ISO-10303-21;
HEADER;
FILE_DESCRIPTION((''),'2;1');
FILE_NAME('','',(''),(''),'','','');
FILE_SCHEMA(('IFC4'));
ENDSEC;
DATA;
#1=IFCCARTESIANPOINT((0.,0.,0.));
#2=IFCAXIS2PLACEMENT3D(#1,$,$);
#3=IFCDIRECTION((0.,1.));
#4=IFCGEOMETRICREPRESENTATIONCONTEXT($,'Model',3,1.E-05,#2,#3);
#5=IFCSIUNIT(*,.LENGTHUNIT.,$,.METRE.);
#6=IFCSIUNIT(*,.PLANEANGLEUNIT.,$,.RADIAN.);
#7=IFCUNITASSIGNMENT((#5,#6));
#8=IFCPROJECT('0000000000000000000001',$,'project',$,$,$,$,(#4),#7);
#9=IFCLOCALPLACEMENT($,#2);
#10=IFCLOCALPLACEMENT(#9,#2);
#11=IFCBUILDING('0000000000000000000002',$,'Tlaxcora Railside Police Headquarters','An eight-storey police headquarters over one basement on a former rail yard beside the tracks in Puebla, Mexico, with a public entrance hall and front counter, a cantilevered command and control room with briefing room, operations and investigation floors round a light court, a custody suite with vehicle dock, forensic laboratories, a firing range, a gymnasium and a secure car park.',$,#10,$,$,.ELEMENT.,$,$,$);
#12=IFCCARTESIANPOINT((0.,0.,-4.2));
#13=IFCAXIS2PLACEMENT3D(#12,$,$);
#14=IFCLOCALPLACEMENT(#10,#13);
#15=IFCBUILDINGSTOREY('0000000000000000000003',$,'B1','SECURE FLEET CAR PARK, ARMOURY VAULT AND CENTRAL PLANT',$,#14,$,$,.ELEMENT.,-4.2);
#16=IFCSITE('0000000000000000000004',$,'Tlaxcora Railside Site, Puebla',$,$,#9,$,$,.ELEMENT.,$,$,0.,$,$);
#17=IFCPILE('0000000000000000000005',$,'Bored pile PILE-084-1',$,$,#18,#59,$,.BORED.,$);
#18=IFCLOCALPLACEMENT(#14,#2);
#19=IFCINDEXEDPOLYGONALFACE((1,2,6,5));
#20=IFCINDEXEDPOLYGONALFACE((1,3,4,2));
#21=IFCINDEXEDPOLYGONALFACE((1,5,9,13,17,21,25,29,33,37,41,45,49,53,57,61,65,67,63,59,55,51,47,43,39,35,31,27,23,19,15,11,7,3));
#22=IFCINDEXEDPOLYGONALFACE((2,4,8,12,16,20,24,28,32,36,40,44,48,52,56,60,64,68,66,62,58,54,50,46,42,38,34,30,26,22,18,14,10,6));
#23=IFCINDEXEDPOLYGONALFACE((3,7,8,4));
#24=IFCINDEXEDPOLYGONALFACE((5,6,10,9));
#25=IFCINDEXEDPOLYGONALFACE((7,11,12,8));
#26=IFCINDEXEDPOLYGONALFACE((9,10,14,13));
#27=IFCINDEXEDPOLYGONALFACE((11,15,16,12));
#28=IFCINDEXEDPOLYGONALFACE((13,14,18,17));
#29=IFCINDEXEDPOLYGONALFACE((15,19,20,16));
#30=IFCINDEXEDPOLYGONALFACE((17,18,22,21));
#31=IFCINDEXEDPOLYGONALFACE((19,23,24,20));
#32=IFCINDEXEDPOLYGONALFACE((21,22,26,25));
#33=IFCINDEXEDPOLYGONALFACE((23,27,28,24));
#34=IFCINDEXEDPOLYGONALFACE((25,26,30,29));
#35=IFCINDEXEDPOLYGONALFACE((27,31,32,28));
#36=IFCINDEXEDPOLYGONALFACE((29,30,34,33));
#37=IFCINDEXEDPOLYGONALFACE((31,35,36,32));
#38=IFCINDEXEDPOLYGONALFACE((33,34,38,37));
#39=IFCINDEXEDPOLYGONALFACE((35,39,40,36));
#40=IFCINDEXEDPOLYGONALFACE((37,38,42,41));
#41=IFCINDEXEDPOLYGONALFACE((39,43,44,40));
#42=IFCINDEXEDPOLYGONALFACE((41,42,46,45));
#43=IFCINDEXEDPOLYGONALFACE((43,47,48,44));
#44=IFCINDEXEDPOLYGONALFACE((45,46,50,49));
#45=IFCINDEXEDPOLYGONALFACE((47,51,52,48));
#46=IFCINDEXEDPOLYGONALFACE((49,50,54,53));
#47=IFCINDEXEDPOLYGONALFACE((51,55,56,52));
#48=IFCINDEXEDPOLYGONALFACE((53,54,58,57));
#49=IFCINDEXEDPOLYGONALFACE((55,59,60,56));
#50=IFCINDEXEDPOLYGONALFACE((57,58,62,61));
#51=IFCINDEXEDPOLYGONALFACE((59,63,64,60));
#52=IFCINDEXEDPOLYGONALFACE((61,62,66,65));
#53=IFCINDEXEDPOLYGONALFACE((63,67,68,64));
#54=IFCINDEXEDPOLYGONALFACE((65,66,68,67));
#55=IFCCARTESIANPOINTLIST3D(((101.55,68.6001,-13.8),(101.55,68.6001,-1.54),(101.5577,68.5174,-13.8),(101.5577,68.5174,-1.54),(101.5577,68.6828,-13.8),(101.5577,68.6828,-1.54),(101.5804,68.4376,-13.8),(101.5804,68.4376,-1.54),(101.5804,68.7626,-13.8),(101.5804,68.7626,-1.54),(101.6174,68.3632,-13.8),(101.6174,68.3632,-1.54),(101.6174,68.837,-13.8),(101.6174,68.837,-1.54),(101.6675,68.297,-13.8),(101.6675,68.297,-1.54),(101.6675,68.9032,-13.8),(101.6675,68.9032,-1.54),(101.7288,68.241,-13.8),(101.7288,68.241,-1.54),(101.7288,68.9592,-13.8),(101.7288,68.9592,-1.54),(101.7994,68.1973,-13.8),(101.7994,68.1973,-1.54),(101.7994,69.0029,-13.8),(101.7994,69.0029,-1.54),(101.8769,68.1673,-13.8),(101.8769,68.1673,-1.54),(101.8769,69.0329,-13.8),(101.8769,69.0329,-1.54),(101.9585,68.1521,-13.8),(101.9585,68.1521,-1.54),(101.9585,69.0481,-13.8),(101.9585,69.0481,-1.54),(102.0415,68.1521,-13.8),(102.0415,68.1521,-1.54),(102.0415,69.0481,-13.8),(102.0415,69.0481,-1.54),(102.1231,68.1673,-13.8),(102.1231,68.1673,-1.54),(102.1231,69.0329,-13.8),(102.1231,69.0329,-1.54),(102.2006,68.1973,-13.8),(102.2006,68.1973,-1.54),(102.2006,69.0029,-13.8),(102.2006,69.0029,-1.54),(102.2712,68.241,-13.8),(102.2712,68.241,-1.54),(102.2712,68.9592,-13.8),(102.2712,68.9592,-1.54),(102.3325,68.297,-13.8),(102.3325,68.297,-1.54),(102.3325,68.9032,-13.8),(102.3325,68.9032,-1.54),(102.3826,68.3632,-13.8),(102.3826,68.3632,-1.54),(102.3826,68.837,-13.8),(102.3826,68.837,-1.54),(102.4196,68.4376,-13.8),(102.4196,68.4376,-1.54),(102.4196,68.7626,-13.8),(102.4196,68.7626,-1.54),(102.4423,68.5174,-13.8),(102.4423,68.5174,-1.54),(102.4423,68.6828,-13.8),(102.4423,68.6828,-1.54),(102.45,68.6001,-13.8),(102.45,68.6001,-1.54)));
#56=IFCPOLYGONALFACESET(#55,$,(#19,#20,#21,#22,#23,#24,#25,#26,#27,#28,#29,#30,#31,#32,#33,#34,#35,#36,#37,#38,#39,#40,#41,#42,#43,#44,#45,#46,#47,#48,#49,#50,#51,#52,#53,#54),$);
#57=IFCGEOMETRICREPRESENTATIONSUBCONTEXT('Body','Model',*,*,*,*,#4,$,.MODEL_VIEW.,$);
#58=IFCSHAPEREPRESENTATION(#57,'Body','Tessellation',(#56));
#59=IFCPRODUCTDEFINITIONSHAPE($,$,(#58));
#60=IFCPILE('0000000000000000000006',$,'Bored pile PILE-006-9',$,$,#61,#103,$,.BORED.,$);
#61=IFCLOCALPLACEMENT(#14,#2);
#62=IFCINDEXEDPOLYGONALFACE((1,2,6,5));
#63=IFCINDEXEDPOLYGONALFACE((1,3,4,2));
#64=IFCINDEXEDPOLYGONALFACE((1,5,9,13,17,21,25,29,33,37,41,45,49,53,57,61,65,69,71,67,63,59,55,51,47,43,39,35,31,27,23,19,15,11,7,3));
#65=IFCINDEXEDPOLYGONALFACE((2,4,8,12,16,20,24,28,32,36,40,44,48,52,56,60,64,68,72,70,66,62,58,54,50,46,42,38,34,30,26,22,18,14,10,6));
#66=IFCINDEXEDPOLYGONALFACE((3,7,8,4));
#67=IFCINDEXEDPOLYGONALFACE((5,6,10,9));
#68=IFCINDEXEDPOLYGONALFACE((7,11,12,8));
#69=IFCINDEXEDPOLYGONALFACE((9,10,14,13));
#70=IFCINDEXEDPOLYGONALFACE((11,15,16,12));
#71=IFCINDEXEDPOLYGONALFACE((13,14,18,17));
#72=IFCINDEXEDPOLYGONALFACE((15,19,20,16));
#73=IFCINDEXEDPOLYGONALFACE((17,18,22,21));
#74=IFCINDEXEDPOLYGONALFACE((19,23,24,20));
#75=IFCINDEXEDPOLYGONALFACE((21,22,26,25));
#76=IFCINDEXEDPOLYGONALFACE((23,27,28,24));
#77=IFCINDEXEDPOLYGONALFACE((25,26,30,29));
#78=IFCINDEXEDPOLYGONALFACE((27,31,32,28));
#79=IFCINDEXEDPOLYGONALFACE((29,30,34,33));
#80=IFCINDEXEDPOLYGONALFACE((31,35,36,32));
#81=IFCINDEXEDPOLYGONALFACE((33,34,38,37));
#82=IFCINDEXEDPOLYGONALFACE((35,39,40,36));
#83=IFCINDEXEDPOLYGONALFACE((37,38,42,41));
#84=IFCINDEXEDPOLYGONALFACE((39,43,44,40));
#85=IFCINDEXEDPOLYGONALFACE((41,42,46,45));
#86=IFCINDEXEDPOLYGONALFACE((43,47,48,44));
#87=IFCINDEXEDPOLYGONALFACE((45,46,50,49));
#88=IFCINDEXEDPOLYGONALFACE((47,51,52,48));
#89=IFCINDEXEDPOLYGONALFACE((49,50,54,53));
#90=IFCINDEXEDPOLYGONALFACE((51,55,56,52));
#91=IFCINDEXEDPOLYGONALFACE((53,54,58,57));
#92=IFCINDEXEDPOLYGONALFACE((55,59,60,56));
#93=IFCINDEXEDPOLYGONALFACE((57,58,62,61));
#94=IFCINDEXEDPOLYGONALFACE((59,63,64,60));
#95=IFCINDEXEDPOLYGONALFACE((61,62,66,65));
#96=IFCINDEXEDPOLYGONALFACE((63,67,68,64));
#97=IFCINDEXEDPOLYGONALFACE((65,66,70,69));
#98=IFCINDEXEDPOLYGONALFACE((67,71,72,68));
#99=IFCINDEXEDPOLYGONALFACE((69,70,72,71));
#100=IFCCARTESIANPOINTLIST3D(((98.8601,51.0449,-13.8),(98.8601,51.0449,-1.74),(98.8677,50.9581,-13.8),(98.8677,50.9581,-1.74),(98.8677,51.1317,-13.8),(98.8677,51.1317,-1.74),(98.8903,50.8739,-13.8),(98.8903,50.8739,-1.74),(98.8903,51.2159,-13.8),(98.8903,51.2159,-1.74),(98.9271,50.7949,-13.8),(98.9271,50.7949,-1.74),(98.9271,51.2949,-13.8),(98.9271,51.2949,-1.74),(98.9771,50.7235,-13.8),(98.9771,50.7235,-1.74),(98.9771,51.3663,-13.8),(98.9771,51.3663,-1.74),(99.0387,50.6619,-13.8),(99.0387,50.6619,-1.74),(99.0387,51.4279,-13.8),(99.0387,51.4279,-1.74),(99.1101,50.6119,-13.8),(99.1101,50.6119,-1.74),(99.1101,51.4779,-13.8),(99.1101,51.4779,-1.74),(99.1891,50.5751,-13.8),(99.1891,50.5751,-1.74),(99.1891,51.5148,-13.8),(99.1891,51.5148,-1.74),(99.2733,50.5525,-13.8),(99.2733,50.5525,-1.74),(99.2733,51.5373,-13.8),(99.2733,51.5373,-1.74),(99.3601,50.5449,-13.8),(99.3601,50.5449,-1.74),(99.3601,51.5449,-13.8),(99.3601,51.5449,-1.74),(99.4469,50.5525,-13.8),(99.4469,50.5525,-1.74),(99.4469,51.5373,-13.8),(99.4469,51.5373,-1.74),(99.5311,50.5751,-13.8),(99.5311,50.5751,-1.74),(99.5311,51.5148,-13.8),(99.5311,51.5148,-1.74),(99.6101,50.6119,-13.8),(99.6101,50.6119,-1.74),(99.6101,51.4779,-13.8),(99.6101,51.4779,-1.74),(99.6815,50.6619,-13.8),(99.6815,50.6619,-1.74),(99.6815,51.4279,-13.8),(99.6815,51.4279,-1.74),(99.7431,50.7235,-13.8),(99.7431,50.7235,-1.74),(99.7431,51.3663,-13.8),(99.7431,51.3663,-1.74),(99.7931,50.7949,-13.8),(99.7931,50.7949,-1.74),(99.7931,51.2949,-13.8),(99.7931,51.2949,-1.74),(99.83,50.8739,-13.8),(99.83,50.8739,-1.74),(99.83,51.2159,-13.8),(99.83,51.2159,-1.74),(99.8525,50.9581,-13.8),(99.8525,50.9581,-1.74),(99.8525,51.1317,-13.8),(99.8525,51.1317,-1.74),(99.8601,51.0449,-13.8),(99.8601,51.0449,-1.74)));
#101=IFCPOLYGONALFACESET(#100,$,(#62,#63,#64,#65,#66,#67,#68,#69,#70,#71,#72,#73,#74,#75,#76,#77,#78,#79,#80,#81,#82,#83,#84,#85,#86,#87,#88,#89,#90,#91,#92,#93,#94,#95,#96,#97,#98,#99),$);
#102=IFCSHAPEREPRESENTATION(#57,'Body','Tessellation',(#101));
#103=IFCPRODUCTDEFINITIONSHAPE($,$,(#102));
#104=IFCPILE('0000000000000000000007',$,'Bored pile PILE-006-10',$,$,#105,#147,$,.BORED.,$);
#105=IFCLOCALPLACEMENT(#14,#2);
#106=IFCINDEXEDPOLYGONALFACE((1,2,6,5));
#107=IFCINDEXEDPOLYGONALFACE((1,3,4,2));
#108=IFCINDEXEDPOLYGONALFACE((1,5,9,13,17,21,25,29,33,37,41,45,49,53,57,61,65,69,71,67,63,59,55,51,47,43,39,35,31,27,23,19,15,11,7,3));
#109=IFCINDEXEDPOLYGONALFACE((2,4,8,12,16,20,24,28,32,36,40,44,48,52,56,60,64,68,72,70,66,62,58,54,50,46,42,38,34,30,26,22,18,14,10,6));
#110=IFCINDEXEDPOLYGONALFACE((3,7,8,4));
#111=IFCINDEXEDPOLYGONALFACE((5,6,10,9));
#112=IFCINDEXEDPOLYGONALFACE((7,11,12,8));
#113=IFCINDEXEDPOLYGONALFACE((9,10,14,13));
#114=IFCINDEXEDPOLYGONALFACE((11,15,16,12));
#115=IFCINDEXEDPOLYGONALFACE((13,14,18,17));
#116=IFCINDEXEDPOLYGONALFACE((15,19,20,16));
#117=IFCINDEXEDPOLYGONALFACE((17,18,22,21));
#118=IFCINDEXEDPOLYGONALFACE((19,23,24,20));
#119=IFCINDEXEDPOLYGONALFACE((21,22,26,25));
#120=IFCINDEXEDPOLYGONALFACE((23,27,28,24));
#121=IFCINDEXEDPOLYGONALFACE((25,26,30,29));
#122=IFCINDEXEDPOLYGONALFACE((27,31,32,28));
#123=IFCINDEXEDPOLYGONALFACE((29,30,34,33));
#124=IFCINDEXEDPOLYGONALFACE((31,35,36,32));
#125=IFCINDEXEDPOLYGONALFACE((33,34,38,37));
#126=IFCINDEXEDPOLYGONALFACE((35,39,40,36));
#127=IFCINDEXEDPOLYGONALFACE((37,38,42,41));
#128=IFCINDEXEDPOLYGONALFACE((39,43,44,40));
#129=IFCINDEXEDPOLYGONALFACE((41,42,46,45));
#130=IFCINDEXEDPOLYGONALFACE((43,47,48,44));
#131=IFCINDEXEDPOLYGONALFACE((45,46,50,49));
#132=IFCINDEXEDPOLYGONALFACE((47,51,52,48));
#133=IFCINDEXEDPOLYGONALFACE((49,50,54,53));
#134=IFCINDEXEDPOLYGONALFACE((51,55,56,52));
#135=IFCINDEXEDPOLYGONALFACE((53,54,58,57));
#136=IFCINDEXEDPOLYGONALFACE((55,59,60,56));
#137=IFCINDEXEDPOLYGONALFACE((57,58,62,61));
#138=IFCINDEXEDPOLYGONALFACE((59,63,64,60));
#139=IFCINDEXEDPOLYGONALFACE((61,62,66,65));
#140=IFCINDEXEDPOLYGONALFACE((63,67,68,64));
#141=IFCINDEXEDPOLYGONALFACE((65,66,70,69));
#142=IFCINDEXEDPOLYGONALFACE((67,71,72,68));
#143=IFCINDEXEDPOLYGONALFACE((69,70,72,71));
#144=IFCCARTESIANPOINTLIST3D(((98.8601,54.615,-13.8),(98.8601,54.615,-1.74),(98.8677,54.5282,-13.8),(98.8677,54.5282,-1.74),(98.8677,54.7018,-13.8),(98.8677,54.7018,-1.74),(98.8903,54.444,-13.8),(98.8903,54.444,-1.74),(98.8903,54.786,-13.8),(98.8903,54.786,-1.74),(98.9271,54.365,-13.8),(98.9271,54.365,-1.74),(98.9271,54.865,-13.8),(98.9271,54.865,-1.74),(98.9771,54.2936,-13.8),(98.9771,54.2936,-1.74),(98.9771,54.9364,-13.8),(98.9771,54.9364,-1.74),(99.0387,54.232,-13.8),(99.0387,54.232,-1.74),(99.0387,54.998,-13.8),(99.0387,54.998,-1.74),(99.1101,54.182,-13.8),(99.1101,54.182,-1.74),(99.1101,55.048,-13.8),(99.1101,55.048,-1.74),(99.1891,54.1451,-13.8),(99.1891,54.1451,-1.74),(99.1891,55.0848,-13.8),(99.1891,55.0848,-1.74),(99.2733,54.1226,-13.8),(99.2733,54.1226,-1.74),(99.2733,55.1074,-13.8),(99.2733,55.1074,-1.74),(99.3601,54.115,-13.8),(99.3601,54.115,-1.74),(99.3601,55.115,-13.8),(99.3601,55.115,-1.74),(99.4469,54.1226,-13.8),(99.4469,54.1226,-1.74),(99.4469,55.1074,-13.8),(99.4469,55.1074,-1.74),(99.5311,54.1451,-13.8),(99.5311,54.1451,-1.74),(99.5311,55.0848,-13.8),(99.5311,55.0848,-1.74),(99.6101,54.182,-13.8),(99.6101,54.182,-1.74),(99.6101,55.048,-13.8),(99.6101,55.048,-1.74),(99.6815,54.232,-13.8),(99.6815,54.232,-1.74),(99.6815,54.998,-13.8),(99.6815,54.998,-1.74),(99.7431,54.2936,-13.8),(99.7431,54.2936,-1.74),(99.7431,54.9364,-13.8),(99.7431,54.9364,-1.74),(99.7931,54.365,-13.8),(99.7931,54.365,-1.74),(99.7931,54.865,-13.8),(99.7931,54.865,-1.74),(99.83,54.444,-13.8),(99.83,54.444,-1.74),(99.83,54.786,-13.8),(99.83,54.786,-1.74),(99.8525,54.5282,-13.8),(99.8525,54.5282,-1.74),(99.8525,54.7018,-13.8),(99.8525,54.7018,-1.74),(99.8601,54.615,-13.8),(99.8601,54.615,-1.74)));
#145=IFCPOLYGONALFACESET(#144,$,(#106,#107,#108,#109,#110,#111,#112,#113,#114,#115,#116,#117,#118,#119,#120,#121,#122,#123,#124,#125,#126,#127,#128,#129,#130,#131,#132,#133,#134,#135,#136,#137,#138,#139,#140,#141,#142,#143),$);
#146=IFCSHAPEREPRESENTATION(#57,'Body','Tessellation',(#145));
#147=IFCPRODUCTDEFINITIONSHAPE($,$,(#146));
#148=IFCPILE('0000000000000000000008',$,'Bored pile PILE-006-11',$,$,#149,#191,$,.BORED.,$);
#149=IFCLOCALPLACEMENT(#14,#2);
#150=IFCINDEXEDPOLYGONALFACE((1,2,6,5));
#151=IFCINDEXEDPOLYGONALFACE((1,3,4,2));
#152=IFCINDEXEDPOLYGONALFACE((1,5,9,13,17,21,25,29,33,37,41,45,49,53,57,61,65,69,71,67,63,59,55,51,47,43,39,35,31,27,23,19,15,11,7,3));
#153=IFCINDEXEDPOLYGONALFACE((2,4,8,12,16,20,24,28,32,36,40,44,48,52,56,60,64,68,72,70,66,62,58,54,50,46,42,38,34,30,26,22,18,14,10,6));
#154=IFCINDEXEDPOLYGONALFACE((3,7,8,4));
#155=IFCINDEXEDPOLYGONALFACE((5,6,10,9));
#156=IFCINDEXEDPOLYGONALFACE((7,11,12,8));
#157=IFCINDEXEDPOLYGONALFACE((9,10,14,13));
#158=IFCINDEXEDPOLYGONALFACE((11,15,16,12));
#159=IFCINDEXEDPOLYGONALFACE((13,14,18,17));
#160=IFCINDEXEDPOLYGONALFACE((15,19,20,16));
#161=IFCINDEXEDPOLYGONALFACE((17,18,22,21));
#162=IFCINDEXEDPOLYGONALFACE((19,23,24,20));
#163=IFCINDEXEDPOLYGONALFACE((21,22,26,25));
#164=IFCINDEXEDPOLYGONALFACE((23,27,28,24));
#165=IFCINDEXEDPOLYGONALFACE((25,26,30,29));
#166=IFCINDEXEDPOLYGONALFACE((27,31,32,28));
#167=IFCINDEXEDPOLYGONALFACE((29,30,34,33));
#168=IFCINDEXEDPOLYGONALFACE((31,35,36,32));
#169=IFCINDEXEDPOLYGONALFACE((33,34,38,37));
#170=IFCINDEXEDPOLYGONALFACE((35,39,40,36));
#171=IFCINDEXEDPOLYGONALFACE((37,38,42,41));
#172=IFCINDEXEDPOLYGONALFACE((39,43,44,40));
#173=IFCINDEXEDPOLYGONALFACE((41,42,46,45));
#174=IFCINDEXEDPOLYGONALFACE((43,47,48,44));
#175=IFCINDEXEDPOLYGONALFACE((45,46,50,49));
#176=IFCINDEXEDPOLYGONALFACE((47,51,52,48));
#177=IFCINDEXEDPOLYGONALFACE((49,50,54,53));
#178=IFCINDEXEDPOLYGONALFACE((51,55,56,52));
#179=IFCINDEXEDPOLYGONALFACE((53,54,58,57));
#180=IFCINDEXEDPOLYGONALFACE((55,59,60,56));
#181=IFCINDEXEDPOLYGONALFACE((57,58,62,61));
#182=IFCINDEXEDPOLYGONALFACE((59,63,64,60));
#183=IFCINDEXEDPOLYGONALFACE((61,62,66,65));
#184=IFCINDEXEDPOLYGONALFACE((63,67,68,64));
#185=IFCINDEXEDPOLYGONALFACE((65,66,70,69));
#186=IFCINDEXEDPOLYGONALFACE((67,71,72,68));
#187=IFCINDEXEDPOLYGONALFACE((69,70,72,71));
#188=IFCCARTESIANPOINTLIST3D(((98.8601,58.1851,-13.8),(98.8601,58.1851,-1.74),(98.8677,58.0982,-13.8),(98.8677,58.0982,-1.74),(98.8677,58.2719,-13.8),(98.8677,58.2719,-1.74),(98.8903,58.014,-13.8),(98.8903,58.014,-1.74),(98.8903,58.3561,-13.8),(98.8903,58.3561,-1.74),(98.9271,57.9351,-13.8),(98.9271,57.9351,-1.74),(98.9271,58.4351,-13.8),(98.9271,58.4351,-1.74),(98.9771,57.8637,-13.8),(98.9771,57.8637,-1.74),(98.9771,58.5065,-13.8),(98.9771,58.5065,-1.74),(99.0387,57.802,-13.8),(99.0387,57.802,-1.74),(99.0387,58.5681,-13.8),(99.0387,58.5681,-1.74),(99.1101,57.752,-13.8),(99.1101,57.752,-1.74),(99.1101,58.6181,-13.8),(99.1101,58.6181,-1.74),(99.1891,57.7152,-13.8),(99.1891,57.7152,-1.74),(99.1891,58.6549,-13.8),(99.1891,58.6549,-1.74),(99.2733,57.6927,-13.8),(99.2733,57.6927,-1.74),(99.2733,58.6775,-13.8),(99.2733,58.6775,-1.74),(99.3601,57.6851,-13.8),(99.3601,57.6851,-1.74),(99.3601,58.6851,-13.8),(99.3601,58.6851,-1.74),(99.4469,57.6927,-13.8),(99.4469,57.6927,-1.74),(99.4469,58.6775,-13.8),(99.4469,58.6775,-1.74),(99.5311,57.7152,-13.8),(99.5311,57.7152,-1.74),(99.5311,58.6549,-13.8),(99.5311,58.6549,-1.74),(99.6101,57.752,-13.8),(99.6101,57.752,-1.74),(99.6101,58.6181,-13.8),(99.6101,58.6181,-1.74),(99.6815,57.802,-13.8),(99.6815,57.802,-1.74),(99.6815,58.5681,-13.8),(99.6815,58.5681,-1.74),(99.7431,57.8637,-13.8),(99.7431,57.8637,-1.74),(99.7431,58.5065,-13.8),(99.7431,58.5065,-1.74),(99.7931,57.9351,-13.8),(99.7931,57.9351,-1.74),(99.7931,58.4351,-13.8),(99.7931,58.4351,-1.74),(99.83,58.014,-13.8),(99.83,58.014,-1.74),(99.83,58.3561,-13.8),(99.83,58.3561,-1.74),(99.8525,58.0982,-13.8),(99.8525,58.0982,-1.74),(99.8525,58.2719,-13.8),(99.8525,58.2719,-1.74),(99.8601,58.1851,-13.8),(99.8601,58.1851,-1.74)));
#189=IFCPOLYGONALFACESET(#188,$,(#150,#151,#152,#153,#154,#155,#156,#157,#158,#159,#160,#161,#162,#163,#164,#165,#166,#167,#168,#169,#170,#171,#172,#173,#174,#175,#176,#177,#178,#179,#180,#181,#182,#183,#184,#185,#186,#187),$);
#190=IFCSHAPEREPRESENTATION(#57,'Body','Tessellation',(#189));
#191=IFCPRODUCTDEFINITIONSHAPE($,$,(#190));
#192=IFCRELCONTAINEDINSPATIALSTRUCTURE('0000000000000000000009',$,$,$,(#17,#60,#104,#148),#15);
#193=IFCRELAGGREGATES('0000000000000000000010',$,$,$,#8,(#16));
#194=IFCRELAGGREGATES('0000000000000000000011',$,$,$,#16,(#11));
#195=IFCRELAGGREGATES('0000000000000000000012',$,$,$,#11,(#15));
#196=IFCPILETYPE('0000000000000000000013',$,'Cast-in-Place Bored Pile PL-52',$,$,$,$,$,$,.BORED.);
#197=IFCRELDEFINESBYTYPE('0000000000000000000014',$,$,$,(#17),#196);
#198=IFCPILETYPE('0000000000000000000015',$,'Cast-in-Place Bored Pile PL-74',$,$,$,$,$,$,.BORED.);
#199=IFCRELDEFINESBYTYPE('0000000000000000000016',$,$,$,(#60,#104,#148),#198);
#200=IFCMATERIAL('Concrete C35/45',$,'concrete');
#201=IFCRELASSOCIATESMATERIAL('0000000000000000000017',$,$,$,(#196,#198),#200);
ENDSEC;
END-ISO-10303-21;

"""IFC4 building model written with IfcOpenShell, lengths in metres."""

from ifc_helpers import new_model, si_unit, direction, frame, origin, origin_2d, place, context, subcontext, project, spatial, circle, extrude, material, material_profile, profile_set, type_object, element, save


model = new_model("IFC4")

# Units and contexts
model_context = context("Model", 3, precision=1e-05, world=origin(), true_north=direction((0.0, 1.0)))
body_context = subcontext(model_context, "Body", "Model", "MODEL_VIEW")
ifc_project = project(units=[si_unit("LENGTHUNIT", "METRE"), si_unit("PLANEANGLEUNIT", "RADIAN")], contexts=[model_context])

# Site, building, storey
site_placement = place(None, origin())
site = spatial("IfcSite", under=ifc_project, at=site_placement, Name="Tlaxcora Railside Site, Puebla", CompositionType="ELEMENT", RefElevation=0.0)
building_placement = place(site_placement, origin())
building = spatial("IfcBuilding", under=site, at=building_placement, Name="Tlaxcora Railside Police Headquarters", Description="An eight-storey police headquarters over one basement on a former rail yard beside the tracks in Puebla, Mexico, with a public entrance hall and front counter, a cantilevered command and control room with briefing room, operations and investigation floors round a light court, a custody suite with vehicle dock, forensic laboratories, a firing range, a gymnasium and a secure car park.", CompositionType="ELEMENT")
storey_placement = place(building_placement, frame((0.0, 0.0, -4.2)))
storey = spatial("IfcBuildingStorey", under=building, at=storey_placement, Name="B1", Description="SECURE FLEET CAR PARK, ARMOURY VAULT AND CENTRAL PLANT", CompositionType="ELEMENT", Elevation=-4.2)

# Piles
ifc_material_1 = material(Name="Concrete C35/45", Category="concrete")
ifc_material_profile_1 = material_profile(ifc_material_1, circle(Radius=0.45, at=origin_2d()), Name="PILE900")
ifc_profile_set_1 = profile_set([ifc_material_profile_1], Name="Concrete C35/45")
pile_type_1 = type_object("IfcPileType", Name="Cast-in-Place Bored Pile PL-52", PredefinedType="BORED", material=ifc_profile_set_1)
pile_1_placement = place(storey_placement, frame((102.0, 68.6001, -1.54), z_axis=(0.0, 0.0, -1.0), x_axis=(1.0, 0.0, 0.0)))
element("IfcPile", 1, at=pile_1_placement, inside=storey, type_object=pile_type_1, Name="Bored pile PILE-084-1", PredefinedType="BORED", context=body_context, shape_type="SweptSolid", body=[
    extrude(circle(Radius=0.45, at=origin_2d()), origin(), (0.0, 0.0, 1.0), 12.26),
])
ifc_material_profile_2 = material_profile(ifc_material_1, circle(Radius=0.5, at=origin_2d()), Name="PILE1000")
ifc_profile_set_2 = profile_set([ifc_material_profile_2], Name="Concrete C35/45")
pile_type_2 = type_object("IfcPileType", Name="Cast-in-Place Bored Pile PL-74", PredefinedType="BORED", material=ifc_profile_set_2)
for number, where, z_axis, x_axis, name in (
    (2, (99.3601, 51.0449, -1.74), (0.0, 0.0, -1.0), (1.0, 0.0, 0.0), "Bored pile PILE-006-9"),
    (3, (99.3601, 54.615, -1.74), (0.0, 0.0, -1.0), (1.0, 0.0, 0.0), "Bored pile PILE-006-10"),
    (4, (99.3601, 58.1851, -1.74), (0.0, 0.0, -1.0), (1.0, 0.0, 0.0), "Bored pile PILE-006-11"),
):
    element("IfcPile", number, at=place(storey_placement, frame(where, z_axis=z_axis, x_axis=x_axis)), inside=storey, type_object=pile_type_2, Name=name, PredefinedType="BORED", context=body_context, shape_type="SweptSolid", body=[
        extrude(circle(Radius=0.5, at=origin_2d()), origin(), (0.0, 0.0, 1.0), 12.0601),
    ])

save(model, "model.ifc")
